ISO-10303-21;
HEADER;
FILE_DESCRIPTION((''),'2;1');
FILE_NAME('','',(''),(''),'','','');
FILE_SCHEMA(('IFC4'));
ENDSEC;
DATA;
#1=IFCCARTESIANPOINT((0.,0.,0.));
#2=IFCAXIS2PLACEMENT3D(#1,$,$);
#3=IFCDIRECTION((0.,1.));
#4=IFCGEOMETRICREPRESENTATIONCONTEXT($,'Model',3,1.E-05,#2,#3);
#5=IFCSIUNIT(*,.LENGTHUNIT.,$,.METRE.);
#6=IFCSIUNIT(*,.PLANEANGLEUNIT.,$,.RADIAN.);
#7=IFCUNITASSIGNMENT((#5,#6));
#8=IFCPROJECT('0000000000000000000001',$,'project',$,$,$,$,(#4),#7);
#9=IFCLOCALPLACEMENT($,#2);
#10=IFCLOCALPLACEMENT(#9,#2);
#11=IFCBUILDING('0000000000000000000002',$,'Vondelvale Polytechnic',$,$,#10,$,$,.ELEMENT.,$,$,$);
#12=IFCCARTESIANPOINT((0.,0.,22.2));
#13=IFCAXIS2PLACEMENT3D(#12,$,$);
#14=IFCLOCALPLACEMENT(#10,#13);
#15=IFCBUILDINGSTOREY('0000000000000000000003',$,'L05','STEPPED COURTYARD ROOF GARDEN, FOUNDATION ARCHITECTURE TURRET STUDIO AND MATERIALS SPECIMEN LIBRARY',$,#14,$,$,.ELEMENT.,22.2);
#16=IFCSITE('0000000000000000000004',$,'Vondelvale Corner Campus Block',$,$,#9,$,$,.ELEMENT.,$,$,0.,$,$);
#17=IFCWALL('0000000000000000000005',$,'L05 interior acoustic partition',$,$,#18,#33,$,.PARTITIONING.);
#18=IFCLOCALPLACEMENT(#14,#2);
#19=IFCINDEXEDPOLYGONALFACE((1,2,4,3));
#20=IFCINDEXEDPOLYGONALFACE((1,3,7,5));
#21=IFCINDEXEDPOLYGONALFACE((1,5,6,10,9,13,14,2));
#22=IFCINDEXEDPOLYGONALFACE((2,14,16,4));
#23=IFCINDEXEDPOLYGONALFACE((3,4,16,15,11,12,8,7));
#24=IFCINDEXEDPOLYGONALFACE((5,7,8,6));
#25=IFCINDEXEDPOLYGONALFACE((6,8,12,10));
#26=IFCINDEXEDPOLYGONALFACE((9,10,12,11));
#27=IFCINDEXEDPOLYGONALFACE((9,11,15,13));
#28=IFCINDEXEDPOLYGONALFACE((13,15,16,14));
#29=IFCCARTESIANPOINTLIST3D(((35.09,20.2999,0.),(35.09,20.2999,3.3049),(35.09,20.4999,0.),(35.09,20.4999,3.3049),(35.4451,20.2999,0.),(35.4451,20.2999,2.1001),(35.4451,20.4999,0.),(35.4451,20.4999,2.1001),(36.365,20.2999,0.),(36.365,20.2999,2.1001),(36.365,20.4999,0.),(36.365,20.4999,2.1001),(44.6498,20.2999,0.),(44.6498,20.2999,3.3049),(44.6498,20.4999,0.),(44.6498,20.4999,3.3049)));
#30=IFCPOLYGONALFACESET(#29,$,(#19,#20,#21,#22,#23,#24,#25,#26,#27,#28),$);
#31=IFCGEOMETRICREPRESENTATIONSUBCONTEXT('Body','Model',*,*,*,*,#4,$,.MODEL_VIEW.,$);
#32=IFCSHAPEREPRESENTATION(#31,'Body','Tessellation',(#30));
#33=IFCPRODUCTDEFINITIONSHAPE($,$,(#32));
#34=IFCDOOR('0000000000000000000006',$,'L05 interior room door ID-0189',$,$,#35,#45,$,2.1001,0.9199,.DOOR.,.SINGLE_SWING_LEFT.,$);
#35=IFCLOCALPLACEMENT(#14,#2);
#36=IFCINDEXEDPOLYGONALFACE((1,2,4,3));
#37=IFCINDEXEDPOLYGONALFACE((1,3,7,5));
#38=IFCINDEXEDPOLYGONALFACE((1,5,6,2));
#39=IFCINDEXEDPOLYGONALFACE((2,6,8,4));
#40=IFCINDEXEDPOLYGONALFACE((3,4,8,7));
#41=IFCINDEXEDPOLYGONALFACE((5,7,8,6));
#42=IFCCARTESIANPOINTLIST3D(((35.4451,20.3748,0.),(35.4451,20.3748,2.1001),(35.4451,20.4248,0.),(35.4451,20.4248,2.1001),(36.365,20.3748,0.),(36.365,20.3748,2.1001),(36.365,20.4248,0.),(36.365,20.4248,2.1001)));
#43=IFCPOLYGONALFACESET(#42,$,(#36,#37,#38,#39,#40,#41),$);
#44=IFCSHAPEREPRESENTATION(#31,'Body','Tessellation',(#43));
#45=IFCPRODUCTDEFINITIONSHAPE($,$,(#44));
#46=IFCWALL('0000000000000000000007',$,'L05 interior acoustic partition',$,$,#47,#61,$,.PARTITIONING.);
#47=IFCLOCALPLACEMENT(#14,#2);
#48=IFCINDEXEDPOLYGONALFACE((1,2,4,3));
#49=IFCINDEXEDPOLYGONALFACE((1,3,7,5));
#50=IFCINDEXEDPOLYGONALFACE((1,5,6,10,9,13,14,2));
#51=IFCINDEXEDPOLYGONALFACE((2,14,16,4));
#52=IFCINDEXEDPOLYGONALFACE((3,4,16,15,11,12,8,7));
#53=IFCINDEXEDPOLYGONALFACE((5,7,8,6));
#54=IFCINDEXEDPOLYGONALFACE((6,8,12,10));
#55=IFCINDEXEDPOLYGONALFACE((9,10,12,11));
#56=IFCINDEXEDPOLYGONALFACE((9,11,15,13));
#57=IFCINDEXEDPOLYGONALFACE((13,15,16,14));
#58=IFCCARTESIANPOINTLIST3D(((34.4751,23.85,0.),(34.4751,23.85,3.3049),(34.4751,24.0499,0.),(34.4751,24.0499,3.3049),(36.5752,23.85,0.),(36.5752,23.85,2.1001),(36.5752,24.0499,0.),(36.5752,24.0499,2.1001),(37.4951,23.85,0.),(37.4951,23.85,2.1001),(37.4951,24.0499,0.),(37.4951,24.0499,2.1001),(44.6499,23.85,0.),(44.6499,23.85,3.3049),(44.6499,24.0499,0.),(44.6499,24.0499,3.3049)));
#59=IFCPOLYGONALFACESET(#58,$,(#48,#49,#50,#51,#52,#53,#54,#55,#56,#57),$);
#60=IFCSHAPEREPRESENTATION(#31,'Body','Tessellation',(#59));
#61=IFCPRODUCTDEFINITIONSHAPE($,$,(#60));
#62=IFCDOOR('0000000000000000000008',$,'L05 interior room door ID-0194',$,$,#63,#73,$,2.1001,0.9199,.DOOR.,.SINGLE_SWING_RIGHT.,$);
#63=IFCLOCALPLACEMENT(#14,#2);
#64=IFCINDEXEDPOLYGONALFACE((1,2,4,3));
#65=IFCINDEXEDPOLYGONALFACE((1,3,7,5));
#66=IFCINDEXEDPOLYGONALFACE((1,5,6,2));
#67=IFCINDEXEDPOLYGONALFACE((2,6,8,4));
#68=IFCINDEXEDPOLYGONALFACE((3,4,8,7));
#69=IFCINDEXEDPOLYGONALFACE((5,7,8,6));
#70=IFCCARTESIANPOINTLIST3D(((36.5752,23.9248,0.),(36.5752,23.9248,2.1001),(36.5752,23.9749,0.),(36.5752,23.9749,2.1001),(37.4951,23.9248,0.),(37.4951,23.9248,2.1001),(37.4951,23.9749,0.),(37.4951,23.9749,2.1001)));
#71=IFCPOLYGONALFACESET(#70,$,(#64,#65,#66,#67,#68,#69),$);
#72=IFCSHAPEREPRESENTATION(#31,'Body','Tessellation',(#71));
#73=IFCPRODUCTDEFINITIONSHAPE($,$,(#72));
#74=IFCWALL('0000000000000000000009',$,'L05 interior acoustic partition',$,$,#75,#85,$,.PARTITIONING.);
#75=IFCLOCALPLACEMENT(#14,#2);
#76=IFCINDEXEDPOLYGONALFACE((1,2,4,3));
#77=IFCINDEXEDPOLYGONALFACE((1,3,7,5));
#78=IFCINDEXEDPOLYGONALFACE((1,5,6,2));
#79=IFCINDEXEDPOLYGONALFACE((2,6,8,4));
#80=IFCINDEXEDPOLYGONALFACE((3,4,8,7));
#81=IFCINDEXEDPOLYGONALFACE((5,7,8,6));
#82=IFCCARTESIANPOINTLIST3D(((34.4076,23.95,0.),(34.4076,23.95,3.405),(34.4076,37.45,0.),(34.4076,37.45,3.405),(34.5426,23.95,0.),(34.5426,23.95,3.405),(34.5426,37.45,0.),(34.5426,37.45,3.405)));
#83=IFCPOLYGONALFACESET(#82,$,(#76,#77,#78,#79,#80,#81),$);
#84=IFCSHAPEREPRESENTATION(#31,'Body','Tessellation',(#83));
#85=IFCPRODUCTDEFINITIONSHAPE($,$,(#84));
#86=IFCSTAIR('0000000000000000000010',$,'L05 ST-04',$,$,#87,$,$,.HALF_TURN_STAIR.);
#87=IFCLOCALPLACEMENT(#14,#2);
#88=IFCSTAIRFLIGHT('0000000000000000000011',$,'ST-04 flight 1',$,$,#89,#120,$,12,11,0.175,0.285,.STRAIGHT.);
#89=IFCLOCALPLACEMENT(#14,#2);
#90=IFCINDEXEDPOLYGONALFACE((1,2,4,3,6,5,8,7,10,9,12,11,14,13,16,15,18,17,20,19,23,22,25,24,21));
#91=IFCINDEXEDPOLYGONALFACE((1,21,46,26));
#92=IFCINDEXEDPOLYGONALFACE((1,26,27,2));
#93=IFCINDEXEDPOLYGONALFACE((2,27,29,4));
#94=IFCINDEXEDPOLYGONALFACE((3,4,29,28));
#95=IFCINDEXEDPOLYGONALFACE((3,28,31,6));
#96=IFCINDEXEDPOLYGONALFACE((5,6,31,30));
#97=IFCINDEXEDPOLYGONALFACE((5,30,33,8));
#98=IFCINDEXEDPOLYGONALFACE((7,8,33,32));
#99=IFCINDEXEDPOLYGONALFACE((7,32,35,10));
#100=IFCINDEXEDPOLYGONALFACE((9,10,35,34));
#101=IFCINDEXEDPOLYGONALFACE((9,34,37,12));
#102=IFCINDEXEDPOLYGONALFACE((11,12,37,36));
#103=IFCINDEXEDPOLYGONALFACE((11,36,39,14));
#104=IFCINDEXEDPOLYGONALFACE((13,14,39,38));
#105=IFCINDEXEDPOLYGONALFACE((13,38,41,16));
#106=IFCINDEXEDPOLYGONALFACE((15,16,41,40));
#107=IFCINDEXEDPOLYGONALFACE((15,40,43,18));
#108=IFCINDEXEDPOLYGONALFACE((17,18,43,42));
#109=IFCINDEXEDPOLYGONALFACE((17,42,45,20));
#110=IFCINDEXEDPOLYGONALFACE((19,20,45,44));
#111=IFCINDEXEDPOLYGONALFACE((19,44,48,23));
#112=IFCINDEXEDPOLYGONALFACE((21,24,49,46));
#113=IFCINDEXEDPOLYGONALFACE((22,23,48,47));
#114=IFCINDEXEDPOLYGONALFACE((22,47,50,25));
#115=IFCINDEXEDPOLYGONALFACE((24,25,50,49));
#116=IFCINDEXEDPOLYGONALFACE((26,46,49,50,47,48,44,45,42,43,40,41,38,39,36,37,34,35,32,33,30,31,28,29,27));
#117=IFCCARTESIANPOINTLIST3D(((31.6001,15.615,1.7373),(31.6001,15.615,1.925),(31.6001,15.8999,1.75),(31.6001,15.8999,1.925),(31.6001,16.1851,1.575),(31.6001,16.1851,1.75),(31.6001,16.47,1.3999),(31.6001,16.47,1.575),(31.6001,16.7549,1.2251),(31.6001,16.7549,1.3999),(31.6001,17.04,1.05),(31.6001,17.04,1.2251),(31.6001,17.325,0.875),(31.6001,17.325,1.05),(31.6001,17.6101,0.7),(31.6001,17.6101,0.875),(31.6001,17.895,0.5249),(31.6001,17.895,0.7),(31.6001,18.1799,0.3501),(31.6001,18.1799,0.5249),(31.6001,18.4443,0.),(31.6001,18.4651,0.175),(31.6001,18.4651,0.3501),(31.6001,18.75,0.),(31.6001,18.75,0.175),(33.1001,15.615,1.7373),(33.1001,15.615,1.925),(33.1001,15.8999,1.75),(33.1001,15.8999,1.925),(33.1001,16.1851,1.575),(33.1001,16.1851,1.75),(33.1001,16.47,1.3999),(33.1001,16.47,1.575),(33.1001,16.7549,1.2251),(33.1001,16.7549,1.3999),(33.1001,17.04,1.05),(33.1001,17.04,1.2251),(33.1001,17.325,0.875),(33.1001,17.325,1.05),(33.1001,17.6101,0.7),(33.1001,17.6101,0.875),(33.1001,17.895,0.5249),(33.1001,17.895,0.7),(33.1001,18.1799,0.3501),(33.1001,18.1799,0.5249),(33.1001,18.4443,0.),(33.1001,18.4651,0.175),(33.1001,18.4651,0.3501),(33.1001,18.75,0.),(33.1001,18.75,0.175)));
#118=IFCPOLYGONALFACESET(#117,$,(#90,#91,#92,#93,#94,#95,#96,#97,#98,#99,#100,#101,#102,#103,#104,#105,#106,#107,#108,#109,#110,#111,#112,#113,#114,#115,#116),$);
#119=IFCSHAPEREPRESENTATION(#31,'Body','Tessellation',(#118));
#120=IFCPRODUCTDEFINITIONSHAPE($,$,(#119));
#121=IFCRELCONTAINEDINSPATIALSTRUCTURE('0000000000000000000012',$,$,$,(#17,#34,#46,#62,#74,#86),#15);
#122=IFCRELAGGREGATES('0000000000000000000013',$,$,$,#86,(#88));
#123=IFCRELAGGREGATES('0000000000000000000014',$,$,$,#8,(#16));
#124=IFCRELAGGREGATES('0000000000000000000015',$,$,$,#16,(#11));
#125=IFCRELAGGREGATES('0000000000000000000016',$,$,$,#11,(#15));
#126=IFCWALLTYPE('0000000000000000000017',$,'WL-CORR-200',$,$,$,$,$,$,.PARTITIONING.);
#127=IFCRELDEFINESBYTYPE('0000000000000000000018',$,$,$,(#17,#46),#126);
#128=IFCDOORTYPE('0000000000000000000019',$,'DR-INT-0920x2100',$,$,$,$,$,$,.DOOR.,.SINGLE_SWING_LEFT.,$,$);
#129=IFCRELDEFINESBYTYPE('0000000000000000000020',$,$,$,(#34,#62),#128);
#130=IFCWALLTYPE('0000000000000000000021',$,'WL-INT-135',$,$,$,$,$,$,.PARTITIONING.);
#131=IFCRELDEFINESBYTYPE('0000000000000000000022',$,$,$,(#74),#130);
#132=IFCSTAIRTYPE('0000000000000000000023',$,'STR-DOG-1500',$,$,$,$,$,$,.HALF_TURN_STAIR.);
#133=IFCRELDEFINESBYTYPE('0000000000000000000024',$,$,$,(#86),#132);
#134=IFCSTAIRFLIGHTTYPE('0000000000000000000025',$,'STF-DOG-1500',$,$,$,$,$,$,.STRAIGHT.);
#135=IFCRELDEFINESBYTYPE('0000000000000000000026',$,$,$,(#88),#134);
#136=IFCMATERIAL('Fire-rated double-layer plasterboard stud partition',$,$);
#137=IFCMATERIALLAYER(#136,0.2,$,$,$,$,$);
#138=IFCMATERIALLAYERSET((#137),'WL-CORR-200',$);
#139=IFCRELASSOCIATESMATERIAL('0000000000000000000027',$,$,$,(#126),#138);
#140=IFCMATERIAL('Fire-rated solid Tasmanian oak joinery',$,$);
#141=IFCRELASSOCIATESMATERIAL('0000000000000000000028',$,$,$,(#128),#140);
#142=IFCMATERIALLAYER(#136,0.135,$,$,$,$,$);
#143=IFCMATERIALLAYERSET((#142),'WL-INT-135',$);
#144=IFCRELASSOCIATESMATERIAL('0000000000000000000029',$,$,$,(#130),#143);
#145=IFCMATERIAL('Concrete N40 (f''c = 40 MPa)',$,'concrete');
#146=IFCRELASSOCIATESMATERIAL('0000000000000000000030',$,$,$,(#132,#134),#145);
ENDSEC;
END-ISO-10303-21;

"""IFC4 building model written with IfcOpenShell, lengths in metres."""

from ifc_helpers import new_model, si_unit, direction, frame, frame_2d, origin, place, context, subcontext, project, spatial, polyline, rectangle, outline, extrude, material, layer, layer_set, type_object, element, fill, aggregate, save


model = new_model("IFC4")

# Units and contexts
model_context = context("Model", 3, precision=1e-05, world=origin(), true_north=direction((0.0, 1.0)))
body_context = subcontext(model_context, "Body", "Model", "MODEL_VIEW")
ifc_project = project(units=[si_unit("LENGTHUNIT", "METRE"), si_unit("PLANEANGLEUNIT", "RADIAN")], contexts=[model_context])

# Site, building, storey
site_placement = place(None, origin())
site = spatial("IfcSite", under=ifc_project, at=site_placement, Name="Vondelvale Corner Campus Block", CompositionType="ELEMENT", RefElevation=0.0)
building_placement = place(site_placement, origin())
building = spatial("IfcBuilding", under=site, at=building_placement, Name="Vondelvale Polytechnic", CompositionType="ELEMENT")
storey_placement = place(building_placement, frame((0.0, 0.0, 22.2)))
storey = spatial("IfcBuildingStorey", under=building, at=storey_placement, Name="L05", Description="STEPPED COURTYARD ROOF GARDEN, FOUNDATION ARCHITECTURE TURRET STUDIO AND MATERIALS SPECIMEN LIBRARY", CompositionType="ELEMENT", Elevation=22.2)

# Shared definitions
ifc_material_1 = material(Name="Concrete N40 (f'c = 40 MPa)", Category="concrete")

# Walls, openings, doors
ifc_material_2 = material(Name="Fire-rated double-layer plasterboard stud partition")
ifc_layer_1 = layer(ifc_material_2, 0.2)
ifc_layer_set_1 = layer_set([ifc_layer_1], Name="WL-CORR-200")
wall_type_1 = type_object("IfcWallType", Name="WL-CORR-200", PredefinedType="PARTITIONING", material=ifc_layer_set_1)
wall_1_placement = place(storey_placement, frame((35.0901, 20.3999, 0.0), z_axis=(0.0, 0.0, 1.0), x_axis=(1.0, 0.0, 0.0)))
wall_1 = element("IfcWall", 1, at=wall_1_placement, inside=storey, type_object=wall_type_1, Name="L05 interior acoustic partition", PredefinedType="PARTITIONING", context=body_context, shape_type="SweptSolid", body=[
    extrude(rectangle(XDim=9.5598, YDim=0.2, at=frame_2d((4.7798, 0.0))), origin(), (0.0, 0.0, 1.0), 3.3049),
])
opening_1_placement = place(wall_1_placement, frame((0.355, 0.0, 0.0)))
opening_1 = element("IfcOpeningElement", 2, at=opening_1_placement, cuts=wall_1, PredefinedType="OPENING", context=body_context, shape_type="SweptSolid", body=[
    extrude(rectangle(XDim=0.9199, YDim=2.1001, at=frame_2d((0.46, 1.05))), frame((0.0, 0.1099, 0.0), z_axis=(0.0, -1.0, 0.0), x_axis=(1.0, 0.0, 0.0)), (0.0, 0.0, 1.0), 0.22),
])
ifc_material_3 = material(Name="Fire-rated solid Tasmanian oak joinery")
door_type_1 = type_object("IfcDoorType", Name="DR-INT-0920x2100", OperationType="SINGLE_SWING_LEFT", PredefinedType="DOOR", material=ifc_material_3)
door_1_placement = place(opening_1_placement, origin())
door_1 = element("IfcDoor", 3, at=door_1_placement, inside=storey, type_object=door_type_1, Name="L05 interior room door ID-0189", OperationType="SINGLE_SWING_LEFT", OverallHeight=2.1001, OverallWidth=0.9199, PredefinedType="DOOR", context=body_context, shape_type="SweptSolid", body=[
    extrude(rectangle(XDim=0.9199, YDim=2.1001, at=frame_2d((0.46, 1.05))), frame((0.0, 0.0249, 0.0), z_axis=(0.0, -1.0, 0.0), x_axis=(1.0, 0.0, 0.0)), (0.0, 0.0, 1.0), 0.05),
])
fill(opening_1, door_1)
wall_2_placement = place(storey_placement, frame((34.4751, 23.95, 0.0), z_axis=(0.0, 0.0, 1.0), x_axis=(1.0, 0.0, 0.0)))
wall_2 = element("IfcWall", 4, at=wall_2_placement, inside=storey, type_object=wall_type_1, Name="L05 interior acoustic partition", PredefinedType="PARTITIONING", context=body_context, shape_type="SweptSolid", body=[
    extrude(rectangle(XDim=10.1748, YDim=0.2, at=frame_2d((5.0874, 0.0))), origin(), (0.0, 0.0, 1.0), 3.3049),
])
opening_2_placement = place(wall_2_placement, frame((2.1001, 0.0, 0.0)))
opening_2 = element("IfcOpeningElement", 5, at=opening_2_placement, cuts=wall_2, PredefinedType="OPENING", context=body_context, shape_type="SweptSolid", body=[
    extrude(rectangle(XDim=0.9199, YDim=2.1001, at=frame_2d((0.46, 1.05))), frame((0.0, 0.1099, 0.0), z_axis=(0.0, -1.0, 0.0), x_axis=(1.0, 0.0, 0.0)), (0.0, 0.0, 1.0), 0.22),
])
door_2_placement = place(opening_2_placement, origin())
door_2 = element("IfcDoor", 6, at=door_2_placement, inside=storey, type_object=door_type_1, Name="L05 interior room door ID-0194", OperationType="SINGLE_SWING_RIGHT", OverallHeight=2.1001, OverallWidth=0.9199, PredefinedType="DOOR", context=body_context, shape_type="SweptSolid", body=[
    extrude(rectangle(XDim=0.9199, YDim=2.1001, at=frame_2d((0.46, 1.05))), frame((0.0, 0.0249, 0.0), z_axis=(0.0, -1.0, 0.0), x_axis=(1.0, 0.0, 0.0)), (0.0, 0.0, 1.0), 0.05),
])
fill(opening_2, door_2)

# Wall
ifc_layer_2 = layer(ifc_material_2, 0.135)
ifc_layer_set_2 = layer_set([ifc_layer_2], Name="WL-INT-135")
wall_type_2 = type_object("IfcWallType", Name="WL-INT-135", PredefinedType="PARTITIONING", material=ifc_layer_set_2)
wall_3_placement = place(storey_placement, frame((34.4751, 23.95, 0.0), z_axis=(0.0, 0.0, 1.0), x_axis=(0.0, 1.0, 0.0)))
element("IfcWall", 7, at=wall_3_placement, inside=storey, type_object=wall_type_2, Name="L05 interior acoustic partition", PredefinedType="PARTITIONING", context=body_context, shape_type="SweptSolid", body=[
    extrude(rectangle(XDim=13.5, YDim=0.135, at=frame_2d((6.75, 0.0))), origin(), (0.0, 0.0, 1.0), 3.405),
])

# Stair, stair flight
stair_type = type_object("IfcStairType", Name="STR-DOG-1500", PredefinedType="HALF_TURN_STAIR", material=ifc_material_1)
stair_placement = place(storey_placement, origin())
stair = element("IfcStair", 8, at=stair_placement, inside=storey, type_object=stair_type, Name="L05 ST-04", PredefinedType="HALF_TURN_STAIR")
stair_flight_type = type_object("IfcStairFlightType", Name="STF-DOG-1500", PredefinedType="STRAIGHT", material=ifc_material_1)
stair_flight_placement = place(storey_placement, frame((32.3501, 18.75, 0.0), z_axis=(0.0, 0.0, 1.0), x_axis=(0.0, -1.0, 0.0)))
stair_flight = element("IfcStairFlight", 9, at=stair_flight_placement, type_object=stair_flight_type, Name="ST-04 flight 1", NumberOfRisers=12, NumberOfTreads=11, PredefinedType="STRAIGHT", RiserHeight=0.175, TreadLength=0.285, context=body_context, shape_type="SweptSolid", body=[
    extrude(outline(polyline([(0.0, 0.0), (0.0, 0.175), (0.2849, 0.175), (0.2849, 0.3501), (0.5701, 0.3501), (0.5701, 0.5249), (0.855, 0.5249), (0.855, 0.7), (1.1399, 0.7), (1.1399, 0.875), (1.425, 0.875), (1.425, 1.05), (1.71, 1.05), (1.71, 1.2251), (1.9951, 1.2251), (1.9951, 1.3999), (2.28, 1.3999), (2.28, 1.575), (2.5649, 1.575), (2.5649, 1.75), (2.8501, 1.75), (2.8501, 1.925), (3.135, 1.925), (3.135, 2.1001), (3.135, 1.7373), (0.3057, 0.0), (0.0, 0.0)])), frame((0.0, 0.75, 0.0), z_axis=(0.0, -1.0, 0.0), x_axis=(1.0, 0.0, 0.0)), (0.0, 0.0, 1.0), 1.5),
])
aggregate(stair, [stair_flight])

save(model, "model.ifc")
